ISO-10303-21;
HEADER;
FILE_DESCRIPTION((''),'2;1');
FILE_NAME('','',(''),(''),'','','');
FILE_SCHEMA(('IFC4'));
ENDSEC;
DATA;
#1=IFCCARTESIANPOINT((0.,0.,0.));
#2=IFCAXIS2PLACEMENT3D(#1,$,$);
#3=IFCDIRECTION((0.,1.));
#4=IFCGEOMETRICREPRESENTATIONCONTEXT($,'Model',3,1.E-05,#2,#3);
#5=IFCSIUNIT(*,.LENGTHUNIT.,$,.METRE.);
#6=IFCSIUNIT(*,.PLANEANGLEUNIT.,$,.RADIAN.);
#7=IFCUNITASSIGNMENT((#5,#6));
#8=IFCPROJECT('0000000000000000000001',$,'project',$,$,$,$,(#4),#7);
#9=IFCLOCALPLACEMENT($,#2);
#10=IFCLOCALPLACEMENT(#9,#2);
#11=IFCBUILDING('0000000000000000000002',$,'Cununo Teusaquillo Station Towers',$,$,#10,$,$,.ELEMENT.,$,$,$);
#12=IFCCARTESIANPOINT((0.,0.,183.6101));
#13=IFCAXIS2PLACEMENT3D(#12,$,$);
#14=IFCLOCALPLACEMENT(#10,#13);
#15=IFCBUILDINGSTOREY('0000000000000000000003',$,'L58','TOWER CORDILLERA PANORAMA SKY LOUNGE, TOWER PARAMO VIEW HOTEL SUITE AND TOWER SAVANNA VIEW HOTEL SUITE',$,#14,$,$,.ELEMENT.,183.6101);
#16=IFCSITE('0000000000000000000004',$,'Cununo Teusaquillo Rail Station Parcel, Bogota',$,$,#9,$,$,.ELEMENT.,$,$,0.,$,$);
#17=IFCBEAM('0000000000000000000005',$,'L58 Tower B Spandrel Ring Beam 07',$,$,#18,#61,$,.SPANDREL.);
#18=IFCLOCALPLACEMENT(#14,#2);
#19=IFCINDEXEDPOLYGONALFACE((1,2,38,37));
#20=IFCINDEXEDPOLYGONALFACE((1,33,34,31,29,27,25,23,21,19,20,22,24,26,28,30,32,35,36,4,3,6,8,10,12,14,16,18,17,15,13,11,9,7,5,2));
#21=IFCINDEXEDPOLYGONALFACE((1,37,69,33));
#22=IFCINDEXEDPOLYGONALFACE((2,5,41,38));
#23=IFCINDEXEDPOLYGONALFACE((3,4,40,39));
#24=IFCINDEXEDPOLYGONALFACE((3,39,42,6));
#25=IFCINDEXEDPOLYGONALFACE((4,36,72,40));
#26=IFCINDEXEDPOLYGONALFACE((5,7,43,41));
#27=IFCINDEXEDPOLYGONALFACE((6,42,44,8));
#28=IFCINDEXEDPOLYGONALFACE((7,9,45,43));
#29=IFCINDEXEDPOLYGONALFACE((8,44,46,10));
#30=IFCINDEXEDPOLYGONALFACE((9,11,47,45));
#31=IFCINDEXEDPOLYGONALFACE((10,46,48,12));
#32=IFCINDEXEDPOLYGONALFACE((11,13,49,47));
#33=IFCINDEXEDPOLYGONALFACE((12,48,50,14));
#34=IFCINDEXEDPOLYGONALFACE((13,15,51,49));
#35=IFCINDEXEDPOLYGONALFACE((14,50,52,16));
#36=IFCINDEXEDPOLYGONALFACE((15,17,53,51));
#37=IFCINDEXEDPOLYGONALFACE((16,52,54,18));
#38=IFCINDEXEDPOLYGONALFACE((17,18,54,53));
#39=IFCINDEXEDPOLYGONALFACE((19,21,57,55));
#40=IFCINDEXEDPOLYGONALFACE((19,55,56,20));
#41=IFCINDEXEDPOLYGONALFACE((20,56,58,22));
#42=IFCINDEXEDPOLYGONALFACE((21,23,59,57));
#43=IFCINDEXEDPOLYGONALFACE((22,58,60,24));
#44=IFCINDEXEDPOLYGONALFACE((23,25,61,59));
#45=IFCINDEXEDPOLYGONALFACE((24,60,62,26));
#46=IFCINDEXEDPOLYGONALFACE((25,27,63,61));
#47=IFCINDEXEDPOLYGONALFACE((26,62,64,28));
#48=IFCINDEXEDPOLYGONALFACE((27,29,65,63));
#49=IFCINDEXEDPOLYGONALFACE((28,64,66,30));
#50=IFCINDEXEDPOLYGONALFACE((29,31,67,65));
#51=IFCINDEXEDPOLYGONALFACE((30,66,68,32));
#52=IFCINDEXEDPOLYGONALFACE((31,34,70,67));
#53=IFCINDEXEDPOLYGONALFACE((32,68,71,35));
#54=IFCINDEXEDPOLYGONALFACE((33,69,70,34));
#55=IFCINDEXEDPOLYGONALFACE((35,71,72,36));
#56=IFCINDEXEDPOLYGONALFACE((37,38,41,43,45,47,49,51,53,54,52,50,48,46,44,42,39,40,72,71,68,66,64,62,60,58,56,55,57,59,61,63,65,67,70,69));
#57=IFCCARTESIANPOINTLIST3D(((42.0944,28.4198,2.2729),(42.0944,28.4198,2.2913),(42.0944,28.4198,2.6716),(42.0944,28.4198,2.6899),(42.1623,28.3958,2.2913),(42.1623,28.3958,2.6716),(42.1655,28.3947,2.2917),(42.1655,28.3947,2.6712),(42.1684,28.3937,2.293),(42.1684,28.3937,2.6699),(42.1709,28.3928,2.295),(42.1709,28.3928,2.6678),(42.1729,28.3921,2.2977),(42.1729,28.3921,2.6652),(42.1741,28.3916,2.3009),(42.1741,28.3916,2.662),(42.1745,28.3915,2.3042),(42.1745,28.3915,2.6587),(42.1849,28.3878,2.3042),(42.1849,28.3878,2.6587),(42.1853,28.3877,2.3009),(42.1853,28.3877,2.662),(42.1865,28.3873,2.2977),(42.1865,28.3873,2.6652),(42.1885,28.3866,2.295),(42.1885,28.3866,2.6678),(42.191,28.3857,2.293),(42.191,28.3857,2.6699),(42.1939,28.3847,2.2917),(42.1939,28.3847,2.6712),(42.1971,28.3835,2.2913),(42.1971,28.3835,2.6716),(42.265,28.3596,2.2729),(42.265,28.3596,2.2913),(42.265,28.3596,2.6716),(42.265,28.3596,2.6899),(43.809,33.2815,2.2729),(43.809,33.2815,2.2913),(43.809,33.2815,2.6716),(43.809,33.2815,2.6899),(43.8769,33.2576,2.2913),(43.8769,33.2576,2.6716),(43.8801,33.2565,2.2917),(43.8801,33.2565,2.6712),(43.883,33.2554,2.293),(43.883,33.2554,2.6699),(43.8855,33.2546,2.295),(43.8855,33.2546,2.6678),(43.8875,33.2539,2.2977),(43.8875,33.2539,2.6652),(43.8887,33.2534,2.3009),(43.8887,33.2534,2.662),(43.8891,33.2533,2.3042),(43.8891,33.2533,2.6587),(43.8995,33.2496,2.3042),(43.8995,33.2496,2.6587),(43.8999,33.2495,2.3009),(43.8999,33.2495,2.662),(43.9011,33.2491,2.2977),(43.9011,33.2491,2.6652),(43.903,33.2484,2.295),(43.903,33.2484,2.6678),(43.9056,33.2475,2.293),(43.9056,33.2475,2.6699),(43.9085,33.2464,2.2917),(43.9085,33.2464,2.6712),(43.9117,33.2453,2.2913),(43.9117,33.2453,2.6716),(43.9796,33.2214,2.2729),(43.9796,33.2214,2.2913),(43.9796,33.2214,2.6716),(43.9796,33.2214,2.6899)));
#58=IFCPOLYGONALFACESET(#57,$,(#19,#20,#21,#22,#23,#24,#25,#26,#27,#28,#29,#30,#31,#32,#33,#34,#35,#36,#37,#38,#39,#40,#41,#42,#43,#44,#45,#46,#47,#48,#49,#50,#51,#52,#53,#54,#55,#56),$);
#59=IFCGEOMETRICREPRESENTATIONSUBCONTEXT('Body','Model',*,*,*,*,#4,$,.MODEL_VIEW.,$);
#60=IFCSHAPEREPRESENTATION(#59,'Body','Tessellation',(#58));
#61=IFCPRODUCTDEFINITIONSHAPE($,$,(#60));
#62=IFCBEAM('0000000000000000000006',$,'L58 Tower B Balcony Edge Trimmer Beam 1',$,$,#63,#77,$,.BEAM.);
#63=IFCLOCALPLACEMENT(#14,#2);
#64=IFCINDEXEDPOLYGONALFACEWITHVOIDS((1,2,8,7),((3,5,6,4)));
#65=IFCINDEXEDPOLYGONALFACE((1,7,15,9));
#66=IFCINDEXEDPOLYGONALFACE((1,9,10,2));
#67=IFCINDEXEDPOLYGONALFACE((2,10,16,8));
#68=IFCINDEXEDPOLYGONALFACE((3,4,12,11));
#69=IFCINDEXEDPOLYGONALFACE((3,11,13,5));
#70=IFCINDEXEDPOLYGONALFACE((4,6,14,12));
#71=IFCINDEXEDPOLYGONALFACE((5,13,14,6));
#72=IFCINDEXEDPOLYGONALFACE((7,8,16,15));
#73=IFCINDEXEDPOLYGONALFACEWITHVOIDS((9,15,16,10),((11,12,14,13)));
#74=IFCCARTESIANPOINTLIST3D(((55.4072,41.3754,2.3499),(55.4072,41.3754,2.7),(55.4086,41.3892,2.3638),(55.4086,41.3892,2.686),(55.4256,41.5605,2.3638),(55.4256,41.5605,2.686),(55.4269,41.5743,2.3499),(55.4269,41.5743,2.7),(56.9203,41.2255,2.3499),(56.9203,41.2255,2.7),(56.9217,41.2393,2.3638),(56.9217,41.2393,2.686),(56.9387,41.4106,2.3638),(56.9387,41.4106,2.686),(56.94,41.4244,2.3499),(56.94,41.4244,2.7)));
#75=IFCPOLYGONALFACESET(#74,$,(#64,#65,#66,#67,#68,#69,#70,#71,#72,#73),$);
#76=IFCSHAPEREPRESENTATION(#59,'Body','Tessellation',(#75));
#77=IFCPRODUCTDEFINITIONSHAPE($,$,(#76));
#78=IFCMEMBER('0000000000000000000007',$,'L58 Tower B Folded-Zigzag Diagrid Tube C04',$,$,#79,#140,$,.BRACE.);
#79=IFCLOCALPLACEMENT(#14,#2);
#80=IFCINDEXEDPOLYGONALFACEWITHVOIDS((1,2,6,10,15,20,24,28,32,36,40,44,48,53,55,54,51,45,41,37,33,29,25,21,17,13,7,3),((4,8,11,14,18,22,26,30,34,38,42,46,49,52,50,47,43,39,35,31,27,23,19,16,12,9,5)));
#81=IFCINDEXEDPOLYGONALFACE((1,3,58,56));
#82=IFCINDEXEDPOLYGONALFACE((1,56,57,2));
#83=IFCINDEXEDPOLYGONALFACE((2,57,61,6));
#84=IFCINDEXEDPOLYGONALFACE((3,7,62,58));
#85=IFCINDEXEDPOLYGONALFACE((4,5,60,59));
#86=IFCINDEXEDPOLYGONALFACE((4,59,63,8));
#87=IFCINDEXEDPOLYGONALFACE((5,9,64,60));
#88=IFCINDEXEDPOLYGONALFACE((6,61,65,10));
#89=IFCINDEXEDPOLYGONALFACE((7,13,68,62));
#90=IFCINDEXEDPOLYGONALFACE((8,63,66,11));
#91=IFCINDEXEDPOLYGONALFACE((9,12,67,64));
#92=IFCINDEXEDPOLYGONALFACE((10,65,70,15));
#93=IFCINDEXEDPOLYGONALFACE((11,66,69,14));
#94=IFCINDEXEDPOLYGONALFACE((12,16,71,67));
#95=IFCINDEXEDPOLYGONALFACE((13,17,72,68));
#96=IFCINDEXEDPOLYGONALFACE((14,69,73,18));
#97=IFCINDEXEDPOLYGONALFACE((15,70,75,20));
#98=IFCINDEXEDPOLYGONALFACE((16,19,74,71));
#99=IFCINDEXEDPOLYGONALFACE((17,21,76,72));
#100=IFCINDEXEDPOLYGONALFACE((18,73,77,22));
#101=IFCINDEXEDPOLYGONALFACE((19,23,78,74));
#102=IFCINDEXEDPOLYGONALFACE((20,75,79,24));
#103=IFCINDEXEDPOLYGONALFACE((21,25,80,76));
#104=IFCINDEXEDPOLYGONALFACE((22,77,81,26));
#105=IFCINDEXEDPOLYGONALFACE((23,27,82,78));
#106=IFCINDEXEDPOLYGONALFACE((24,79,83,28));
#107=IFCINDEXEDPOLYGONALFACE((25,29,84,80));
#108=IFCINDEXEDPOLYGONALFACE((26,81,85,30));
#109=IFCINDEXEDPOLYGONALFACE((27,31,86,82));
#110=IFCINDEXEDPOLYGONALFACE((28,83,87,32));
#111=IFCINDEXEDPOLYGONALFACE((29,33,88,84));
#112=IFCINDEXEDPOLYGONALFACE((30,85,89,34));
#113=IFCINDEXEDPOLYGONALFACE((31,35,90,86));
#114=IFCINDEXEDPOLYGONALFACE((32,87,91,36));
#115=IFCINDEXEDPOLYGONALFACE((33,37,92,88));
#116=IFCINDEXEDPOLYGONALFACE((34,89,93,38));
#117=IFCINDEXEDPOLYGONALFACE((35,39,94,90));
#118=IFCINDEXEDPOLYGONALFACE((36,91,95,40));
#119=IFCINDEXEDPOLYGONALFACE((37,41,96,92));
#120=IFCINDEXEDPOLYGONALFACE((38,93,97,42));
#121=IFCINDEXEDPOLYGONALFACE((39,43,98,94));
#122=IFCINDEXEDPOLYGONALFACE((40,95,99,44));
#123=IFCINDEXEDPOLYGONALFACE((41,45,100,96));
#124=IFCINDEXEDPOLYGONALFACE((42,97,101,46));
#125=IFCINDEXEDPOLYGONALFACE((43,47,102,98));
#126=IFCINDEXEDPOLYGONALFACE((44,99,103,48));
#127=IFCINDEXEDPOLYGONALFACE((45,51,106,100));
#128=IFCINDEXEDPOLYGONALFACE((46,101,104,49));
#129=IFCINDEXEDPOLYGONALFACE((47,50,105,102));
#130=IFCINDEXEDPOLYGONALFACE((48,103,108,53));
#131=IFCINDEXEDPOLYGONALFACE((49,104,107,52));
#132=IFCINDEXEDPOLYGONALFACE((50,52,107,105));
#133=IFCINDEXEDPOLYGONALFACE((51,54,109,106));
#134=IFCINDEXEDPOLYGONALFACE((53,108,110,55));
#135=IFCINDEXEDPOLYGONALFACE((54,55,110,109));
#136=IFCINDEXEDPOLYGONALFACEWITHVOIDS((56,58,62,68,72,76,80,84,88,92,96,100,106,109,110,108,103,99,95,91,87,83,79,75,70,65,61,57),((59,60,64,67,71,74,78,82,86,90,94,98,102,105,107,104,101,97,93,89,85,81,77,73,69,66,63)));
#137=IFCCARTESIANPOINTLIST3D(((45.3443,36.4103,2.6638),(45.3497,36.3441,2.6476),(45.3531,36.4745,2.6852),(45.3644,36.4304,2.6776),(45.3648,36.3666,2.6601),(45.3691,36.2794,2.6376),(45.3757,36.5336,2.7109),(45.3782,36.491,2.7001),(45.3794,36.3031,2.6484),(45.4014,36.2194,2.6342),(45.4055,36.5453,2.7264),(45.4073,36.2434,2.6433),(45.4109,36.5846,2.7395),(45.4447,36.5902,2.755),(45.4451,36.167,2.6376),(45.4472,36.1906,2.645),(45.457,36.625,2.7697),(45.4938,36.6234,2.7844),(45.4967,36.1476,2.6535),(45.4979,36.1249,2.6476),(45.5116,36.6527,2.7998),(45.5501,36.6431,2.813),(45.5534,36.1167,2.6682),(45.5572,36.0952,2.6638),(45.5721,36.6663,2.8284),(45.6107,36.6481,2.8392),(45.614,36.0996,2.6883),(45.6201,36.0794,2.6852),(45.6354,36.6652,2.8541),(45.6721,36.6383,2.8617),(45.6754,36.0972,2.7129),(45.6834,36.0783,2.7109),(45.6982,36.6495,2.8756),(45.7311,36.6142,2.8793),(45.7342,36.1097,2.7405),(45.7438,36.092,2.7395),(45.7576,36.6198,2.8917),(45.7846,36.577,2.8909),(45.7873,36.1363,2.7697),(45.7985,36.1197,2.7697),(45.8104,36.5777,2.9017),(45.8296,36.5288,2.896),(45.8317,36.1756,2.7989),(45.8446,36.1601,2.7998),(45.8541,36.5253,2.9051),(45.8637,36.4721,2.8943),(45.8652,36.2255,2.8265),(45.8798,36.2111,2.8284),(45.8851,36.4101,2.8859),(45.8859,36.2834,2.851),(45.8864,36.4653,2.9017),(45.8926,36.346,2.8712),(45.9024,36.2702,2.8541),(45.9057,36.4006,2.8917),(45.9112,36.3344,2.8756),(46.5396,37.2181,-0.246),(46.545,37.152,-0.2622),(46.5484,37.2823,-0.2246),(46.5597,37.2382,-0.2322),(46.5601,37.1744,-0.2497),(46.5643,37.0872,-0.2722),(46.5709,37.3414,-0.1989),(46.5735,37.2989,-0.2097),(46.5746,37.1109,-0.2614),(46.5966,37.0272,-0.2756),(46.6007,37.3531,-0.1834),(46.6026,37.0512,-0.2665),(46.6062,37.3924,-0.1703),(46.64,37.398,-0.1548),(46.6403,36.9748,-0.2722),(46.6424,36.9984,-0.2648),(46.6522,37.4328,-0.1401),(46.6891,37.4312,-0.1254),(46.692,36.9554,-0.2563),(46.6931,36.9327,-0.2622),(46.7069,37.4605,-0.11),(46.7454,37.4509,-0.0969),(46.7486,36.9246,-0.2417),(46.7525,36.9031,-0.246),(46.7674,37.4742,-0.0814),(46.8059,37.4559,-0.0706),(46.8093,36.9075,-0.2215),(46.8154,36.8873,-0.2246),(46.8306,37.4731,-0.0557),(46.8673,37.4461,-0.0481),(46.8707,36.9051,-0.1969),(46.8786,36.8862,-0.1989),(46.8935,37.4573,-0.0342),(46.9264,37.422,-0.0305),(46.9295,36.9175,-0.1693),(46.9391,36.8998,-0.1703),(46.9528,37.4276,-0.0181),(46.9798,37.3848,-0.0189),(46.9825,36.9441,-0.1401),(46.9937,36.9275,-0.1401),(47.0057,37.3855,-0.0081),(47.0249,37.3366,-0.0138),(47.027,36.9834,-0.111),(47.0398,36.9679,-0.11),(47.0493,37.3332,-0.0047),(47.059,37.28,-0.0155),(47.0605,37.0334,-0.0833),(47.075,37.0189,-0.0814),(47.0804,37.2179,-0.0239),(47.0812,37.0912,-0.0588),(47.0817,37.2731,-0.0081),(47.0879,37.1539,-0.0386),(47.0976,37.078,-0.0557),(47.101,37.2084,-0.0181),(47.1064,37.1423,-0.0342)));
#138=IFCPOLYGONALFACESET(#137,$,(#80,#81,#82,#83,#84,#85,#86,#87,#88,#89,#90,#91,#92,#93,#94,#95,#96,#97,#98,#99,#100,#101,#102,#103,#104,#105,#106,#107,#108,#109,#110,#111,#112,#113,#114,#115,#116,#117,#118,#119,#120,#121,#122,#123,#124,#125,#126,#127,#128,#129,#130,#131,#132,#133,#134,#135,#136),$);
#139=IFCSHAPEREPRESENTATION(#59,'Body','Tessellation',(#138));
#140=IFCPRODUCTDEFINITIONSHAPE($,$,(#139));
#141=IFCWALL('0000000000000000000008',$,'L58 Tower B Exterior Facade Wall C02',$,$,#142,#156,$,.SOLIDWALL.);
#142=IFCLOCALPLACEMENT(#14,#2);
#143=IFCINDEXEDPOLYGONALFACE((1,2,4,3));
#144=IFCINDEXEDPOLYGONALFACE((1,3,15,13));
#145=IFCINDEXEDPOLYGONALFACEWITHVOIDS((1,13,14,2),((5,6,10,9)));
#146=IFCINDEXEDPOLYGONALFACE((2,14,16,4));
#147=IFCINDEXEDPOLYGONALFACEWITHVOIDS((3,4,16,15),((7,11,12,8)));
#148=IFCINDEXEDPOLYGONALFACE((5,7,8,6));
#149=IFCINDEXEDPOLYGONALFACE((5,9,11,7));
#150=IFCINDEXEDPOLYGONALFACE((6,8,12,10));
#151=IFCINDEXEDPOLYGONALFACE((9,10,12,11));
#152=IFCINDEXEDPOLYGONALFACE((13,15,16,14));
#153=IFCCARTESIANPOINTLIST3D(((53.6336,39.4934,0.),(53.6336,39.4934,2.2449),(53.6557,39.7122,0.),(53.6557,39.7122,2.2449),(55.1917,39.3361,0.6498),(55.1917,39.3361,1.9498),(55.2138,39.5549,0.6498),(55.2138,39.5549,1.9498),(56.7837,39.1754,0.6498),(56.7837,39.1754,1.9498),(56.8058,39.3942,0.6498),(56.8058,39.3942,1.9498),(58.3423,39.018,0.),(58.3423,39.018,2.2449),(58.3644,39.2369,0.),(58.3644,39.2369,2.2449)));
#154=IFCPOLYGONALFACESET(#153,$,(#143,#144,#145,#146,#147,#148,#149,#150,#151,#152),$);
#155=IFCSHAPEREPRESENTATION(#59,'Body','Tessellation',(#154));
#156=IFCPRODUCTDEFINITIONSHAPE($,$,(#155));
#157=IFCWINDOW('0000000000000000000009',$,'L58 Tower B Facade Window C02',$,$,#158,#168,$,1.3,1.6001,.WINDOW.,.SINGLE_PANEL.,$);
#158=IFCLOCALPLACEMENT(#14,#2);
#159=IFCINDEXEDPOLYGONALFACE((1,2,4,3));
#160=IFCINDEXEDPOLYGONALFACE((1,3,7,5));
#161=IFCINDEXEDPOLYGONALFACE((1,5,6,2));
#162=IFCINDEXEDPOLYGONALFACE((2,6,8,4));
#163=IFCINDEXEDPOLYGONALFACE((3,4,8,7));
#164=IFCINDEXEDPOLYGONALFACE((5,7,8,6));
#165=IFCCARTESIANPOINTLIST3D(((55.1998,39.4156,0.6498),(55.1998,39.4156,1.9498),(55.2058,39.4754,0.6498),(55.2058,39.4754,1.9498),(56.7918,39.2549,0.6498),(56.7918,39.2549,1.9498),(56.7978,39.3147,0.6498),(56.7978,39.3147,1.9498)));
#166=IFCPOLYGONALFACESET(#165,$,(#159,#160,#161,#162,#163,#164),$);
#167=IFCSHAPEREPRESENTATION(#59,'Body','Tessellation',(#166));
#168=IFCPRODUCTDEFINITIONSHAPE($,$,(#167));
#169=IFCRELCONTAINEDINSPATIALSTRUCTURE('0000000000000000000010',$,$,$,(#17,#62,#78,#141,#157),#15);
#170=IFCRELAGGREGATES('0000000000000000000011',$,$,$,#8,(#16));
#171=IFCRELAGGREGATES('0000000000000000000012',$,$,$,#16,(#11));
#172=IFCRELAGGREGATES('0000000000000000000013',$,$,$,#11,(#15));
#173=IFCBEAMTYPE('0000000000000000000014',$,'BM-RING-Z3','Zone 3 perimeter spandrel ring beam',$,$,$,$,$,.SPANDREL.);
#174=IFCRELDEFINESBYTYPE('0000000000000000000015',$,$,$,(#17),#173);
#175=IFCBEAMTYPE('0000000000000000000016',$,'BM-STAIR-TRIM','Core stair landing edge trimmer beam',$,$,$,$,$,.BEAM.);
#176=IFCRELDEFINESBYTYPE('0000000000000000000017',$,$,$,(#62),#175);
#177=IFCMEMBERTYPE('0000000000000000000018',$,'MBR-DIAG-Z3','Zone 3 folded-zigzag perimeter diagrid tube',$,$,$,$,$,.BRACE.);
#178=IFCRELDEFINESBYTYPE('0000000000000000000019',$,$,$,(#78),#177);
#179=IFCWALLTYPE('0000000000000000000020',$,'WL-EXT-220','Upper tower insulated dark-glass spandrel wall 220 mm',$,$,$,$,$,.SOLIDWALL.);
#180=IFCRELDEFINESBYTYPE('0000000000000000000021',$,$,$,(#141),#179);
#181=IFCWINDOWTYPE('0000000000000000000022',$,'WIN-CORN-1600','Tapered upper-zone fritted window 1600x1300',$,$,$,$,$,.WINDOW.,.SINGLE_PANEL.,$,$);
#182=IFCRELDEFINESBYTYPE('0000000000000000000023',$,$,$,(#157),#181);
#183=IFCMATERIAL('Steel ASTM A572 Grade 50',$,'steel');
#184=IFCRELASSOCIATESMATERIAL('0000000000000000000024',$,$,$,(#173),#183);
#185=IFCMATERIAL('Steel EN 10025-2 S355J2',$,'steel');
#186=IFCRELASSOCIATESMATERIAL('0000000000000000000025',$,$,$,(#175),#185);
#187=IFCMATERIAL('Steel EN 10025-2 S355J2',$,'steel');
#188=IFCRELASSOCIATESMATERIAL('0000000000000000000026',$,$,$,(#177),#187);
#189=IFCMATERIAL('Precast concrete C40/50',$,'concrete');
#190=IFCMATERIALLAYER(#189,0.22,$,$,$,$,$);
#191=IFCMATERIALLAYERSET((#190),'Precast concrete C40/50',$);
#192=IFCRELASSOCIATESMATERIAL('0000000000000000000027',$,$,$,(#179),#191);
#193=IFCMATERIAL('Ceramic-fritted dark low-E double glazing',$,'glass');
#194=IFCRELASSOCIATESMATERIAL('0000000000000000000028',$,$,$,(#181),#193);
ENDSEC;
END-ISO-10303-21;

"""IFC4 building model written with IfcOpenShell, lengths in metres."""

from ifc_helpers import new_model, si_unit, direction, frame, frame_2d, origin, origin_2d, place, context, subcontext, project, spatial, rectangle, hollow_rectangle, hollow_circle, i_section, extrude, source, transform, mapped, material, layer, layer_set, material_profile, profile_set, type_object, element, fill, save


model = new_model("IFC4")

# Units and contexts
model_context = context("Model", 3, precision=1e-05, world=origin(), true_north=direction((0.0, 1.0)))
body_context = subcontext(model_context, "Body", "Model", "MODEL_VIEW")
ifc_project = project(units=[si_unit("LENGTHUNIT", "METRE"), si_unit("PLANEANGLEUNIT", "RADIAN")], contexts=[model_context])

# Site, building, storey
site_placement = place(None, origin())
site = spatial("IfcSite", under=ifc_project, at=site_placement, Name="Cununo Teusaquillo Rail Station Parcel, Bogota", CompositionType="ELEMENT", RefElevation=0.0)
building_placement = place(site_placement, origin())
building = spatial("IfcBuilding", under=site, at=building_placement, Name="Cununo Teusaquillo Station Towers", CompositionType="ELEMENT")
storey_placement = place(building_placement, frame((0.0, 0.0, 183.6101)))
storey = spatial("IfcBuildingStorey", under=building, at=storey_placement, Name="L58", Description="TOWER CORDILLERA PANORAMA SKY LOUNGE, TOWER PARAMO VIEW HOTEL SUITE AND TOWER SAVANNA VIEW HOTEL SUITE", CompositionType="ELEMENT", Elevation=183.6101)

# Beams
ifc_material_1 = material(Name="Steel ASTM A572 Grade 50", Category="steel")
ifc_material_profile_1 = material_profile(ifc_material_1, i_section(OverallWidth=0.1809, OverallDepth=0.417, WebThickness=0.011, FlangeThickness=0.0183, FilletRadius=0.0129, at=origin_2d()), Name="W16X57")
ifc_profile_set_1 = profile_set([ifc_material_profile_1], Name="Steel ASTM A572 Grade 50")
beam_type_1 = type_object("IfcBeamType", Name="BM-RING-Z3", Description="Zone 3 perimeter spandrel ring beam", PredefinedType="SPANDREL", material=ifc_profile_set_1)
beam_1_placement = place(storey_placement, frame((43.8943, 33.2515, 2.4814), z_axis=(-0.33259, -0.943072, 0.0), x_axis=(0.943072, -0.33259, 0.0)))
element("IfcBeam", 1, at=beam_1_placement, inside=storey, type_object=beam_type_1, Name="L58 Tower B Spandrel Ring Beam 07", PredefinedType="SPANDREL", context=body_context, shape_type="SweptSolid", body=[
    extrude(i_section(OverallWidth=0.1809, OverallDepth=0.417, WebThickness=0.011, FlangeThickness=0.0183, FilletRadius=0.0129, at=origin_2d()), origin(), (0.0, 0.0, 1.0), 5.1553),
])
ifc_material_2 = material(Name="Steel EN 10025-2 S355J2", Category="steel")
ifc_material_profile_2 = material_profile(ifc_material_2, hollow_rectangle(XDim=0.2, YDim=0.3501, WallThickness=0.0139, at=origin_2d()), Name="RHS 350x200x14")
ifc_profile_set_2 = profile_set([ifc_material_profile_2], Name="Steel EN 10025-2 S355J2")
beam_type_2 = type_object("IfcBeamType", Name="BM-STAIR-TRIM", Description="Core stair landing edge trimmer beam", PredefinedType="BEAM", material=ifc_profile_set_2)
beam_2_placement = place(storey_placement, frame((56.9302, 41.325, 2.5249), z_axis=(-0.995129, 0.098582, 0.0), x_axis=(-0.098582, -0.995129, 0.0)))
element("IfcBeam", 2, at=beam_2_placement, inside=storey, type_object=beam_type_2, Name="L58 Tower B Balcony Edge Trimmer Beam 1", PredefinedType="BEAM", context=body_context, shape_type="SweptSolid", body=[
    extrude(hollow_rectangle(XDim=0.2, YDim=0.3501, WallThickness=0.0139, at=origin_2d()), origin(), (0.0, 0.0, 1.0), 1.5205),
])

# Member
ifc_material_3 = material(Name="Steel EN 10025-2 S355J2", Category="steel")
ifc_material_profile_3 = material_profile(ifc_material_3, hollow_circle(Radius=0.3049, WallThickness=0.02, at=origin_2d()), Name="CHS 610x20")
ifc_profile_set_3 = profile_set([ifc_material_profile_3], Name="Steel EN 10025-2 S355J2")
member_type = type_object("IfcMemberType", Name="MBR-DIAG-Z3", Description="Zone 3 folded-zigzag perimeter diagrid tube", PredefinedType="BRACE", material=ifc_profile_set_3)
member_placement = place(storey_placement, frame((46.823, 37.1802, -0.1401), z_axis=(-0.368024, -0.248732, 0.89593), x_axis=(0.559961, -0.828519, 0.0)))
element("IfcMember", 3, at=member_placement, inside=storey, type_object=member_type, Name="L58 Tower B Folded-Zigzag Diagrid Tube C04", PredefinedType="BRACE", context=body_context, shape_type="SweptSolid", body=[
    extrude(hollow_circle(Radius=0.3049, WallThickness=0.02, at=origin_2d()), origin(), (0.0, 0.0, 1.0), 3.2478),
])

# Wall, opening, window
ifc_material_4 = material(Name="Precast concrete C40/50", Category="concrete")
ifc_layer_1 = layer(ifc_material_4, 0.22)
ifc_layer_set_1 = layer_set([ifc_layer_1], Name="Precast concrete C40/50")
wall_type_1 = type_object("IfcWallType", Name="WL-EXT-220", Description="Upper tower insulated dark-glass spandrel wall 220 mm", PredefinedType="SOLIDWALL", material=ifc_layer_set_1)
wall_1_placement = place(storey_placement, frame((53.6448, 39.6028, 0.0), z_axis=(0.0, 0.0, 1.0), x_axis=(0.994943, -0.100438, 0.0)))
wall_1 = element("IfcWall", 4, at=wall_1_placement, inside=storey, type_object=wall_type_1, Name="L58 Tower B Exterior Facade Wall C02", PredefinedType="SOLIDWALL", context=body_context, shape_type="SweptSolid", body=[
    extrude(rectangle(XDim=4.7327, YDim=0.22, at=frame_2d((2.3662, 0.0))), origin(), (0.0, 0.0, 1.0), 2.2449),
])
shared_shape_1 = source(origin(), body_context, "Body", "SweptSolid", [
    extrude(rectangle(XDim=1.6001, YDim=1.3, at=frame_2d((0.8, 0.6499))), frame((0.0, 0.1199, 0.0), z_axis=(0.0, -1.0, 0.0), x_axis=(1.0, 0.0, 0.0)), (0.0, 0.0, 1.0), 0.24),
])
opening_1_placement = place(wall_1_placement, frame((1.5659, 0.0, 0.6499)))
opening_1 = element("IfcOpeningElement", 5, at=opening_1_placement, cuts=wall_1, PredefinedType="OPENING", context=body_context, shape_type="MappedRepresentation", body=[
    mapped(shared_shape_1, transform((0.0, 0.0, 0.0), x_axis=(1.0, 0.0, 0.0), y_axis=(0.0, 1.0, 0.0), z_axis=(0.0, 0.0, 1.0), scale=1.0)),
])
ifc_material_5 = material(Name="Ceramic-fritted dark low-E double glazing", Category="glass")
window_type = type_object("IfcWindowType", Name="WIN-CORN-1600", Description="Tapered upper-zone fritted window 1600x1300", PartitioningType="SINGLE_PANEL", PredefinedType="WINDOW", material=ifc_material_5)
shared_shape_2 = source(origin(), body_context, "Body", "SweptSolid", [
    extrude(rectangle(XDim=1.6001, YDim=1.3, at=frame_2d((0.8, 0.6499))), frame((0.0, 0.03, 0.0), z_axis=(0.0, -1.0, 0.0), x_axis=(1.0, 0.0, 0.0)), (0.0, 0.0, 1.0), 0.0601),
])
window_1_placement = place(opening_1_placement, origin())
window_1 = element("IfcWindow", 6, at=window_1_placement, inside=storey, type_object=window_type, Name="L58 Tower B Facade Window C02", OverallHeight=1.3, OverallWidth=1.6001, PartitioningType="SINGLE_PANEL", PredefinedType="WINDOW", context=body_context, shape_type="MappedRepresentation", body=[
    mapped(shared_shape_2, transform((0.0, 0.0, 0.0), x_axis=(1.0, 0.0, 0.0), y_axis=(0.0, 1.0, 0.0), z_axis=(0.0, 0.0, 1.0), scale=1.0)),
])
fill(opening_1, window_1)

save(model, "model.ifc")
